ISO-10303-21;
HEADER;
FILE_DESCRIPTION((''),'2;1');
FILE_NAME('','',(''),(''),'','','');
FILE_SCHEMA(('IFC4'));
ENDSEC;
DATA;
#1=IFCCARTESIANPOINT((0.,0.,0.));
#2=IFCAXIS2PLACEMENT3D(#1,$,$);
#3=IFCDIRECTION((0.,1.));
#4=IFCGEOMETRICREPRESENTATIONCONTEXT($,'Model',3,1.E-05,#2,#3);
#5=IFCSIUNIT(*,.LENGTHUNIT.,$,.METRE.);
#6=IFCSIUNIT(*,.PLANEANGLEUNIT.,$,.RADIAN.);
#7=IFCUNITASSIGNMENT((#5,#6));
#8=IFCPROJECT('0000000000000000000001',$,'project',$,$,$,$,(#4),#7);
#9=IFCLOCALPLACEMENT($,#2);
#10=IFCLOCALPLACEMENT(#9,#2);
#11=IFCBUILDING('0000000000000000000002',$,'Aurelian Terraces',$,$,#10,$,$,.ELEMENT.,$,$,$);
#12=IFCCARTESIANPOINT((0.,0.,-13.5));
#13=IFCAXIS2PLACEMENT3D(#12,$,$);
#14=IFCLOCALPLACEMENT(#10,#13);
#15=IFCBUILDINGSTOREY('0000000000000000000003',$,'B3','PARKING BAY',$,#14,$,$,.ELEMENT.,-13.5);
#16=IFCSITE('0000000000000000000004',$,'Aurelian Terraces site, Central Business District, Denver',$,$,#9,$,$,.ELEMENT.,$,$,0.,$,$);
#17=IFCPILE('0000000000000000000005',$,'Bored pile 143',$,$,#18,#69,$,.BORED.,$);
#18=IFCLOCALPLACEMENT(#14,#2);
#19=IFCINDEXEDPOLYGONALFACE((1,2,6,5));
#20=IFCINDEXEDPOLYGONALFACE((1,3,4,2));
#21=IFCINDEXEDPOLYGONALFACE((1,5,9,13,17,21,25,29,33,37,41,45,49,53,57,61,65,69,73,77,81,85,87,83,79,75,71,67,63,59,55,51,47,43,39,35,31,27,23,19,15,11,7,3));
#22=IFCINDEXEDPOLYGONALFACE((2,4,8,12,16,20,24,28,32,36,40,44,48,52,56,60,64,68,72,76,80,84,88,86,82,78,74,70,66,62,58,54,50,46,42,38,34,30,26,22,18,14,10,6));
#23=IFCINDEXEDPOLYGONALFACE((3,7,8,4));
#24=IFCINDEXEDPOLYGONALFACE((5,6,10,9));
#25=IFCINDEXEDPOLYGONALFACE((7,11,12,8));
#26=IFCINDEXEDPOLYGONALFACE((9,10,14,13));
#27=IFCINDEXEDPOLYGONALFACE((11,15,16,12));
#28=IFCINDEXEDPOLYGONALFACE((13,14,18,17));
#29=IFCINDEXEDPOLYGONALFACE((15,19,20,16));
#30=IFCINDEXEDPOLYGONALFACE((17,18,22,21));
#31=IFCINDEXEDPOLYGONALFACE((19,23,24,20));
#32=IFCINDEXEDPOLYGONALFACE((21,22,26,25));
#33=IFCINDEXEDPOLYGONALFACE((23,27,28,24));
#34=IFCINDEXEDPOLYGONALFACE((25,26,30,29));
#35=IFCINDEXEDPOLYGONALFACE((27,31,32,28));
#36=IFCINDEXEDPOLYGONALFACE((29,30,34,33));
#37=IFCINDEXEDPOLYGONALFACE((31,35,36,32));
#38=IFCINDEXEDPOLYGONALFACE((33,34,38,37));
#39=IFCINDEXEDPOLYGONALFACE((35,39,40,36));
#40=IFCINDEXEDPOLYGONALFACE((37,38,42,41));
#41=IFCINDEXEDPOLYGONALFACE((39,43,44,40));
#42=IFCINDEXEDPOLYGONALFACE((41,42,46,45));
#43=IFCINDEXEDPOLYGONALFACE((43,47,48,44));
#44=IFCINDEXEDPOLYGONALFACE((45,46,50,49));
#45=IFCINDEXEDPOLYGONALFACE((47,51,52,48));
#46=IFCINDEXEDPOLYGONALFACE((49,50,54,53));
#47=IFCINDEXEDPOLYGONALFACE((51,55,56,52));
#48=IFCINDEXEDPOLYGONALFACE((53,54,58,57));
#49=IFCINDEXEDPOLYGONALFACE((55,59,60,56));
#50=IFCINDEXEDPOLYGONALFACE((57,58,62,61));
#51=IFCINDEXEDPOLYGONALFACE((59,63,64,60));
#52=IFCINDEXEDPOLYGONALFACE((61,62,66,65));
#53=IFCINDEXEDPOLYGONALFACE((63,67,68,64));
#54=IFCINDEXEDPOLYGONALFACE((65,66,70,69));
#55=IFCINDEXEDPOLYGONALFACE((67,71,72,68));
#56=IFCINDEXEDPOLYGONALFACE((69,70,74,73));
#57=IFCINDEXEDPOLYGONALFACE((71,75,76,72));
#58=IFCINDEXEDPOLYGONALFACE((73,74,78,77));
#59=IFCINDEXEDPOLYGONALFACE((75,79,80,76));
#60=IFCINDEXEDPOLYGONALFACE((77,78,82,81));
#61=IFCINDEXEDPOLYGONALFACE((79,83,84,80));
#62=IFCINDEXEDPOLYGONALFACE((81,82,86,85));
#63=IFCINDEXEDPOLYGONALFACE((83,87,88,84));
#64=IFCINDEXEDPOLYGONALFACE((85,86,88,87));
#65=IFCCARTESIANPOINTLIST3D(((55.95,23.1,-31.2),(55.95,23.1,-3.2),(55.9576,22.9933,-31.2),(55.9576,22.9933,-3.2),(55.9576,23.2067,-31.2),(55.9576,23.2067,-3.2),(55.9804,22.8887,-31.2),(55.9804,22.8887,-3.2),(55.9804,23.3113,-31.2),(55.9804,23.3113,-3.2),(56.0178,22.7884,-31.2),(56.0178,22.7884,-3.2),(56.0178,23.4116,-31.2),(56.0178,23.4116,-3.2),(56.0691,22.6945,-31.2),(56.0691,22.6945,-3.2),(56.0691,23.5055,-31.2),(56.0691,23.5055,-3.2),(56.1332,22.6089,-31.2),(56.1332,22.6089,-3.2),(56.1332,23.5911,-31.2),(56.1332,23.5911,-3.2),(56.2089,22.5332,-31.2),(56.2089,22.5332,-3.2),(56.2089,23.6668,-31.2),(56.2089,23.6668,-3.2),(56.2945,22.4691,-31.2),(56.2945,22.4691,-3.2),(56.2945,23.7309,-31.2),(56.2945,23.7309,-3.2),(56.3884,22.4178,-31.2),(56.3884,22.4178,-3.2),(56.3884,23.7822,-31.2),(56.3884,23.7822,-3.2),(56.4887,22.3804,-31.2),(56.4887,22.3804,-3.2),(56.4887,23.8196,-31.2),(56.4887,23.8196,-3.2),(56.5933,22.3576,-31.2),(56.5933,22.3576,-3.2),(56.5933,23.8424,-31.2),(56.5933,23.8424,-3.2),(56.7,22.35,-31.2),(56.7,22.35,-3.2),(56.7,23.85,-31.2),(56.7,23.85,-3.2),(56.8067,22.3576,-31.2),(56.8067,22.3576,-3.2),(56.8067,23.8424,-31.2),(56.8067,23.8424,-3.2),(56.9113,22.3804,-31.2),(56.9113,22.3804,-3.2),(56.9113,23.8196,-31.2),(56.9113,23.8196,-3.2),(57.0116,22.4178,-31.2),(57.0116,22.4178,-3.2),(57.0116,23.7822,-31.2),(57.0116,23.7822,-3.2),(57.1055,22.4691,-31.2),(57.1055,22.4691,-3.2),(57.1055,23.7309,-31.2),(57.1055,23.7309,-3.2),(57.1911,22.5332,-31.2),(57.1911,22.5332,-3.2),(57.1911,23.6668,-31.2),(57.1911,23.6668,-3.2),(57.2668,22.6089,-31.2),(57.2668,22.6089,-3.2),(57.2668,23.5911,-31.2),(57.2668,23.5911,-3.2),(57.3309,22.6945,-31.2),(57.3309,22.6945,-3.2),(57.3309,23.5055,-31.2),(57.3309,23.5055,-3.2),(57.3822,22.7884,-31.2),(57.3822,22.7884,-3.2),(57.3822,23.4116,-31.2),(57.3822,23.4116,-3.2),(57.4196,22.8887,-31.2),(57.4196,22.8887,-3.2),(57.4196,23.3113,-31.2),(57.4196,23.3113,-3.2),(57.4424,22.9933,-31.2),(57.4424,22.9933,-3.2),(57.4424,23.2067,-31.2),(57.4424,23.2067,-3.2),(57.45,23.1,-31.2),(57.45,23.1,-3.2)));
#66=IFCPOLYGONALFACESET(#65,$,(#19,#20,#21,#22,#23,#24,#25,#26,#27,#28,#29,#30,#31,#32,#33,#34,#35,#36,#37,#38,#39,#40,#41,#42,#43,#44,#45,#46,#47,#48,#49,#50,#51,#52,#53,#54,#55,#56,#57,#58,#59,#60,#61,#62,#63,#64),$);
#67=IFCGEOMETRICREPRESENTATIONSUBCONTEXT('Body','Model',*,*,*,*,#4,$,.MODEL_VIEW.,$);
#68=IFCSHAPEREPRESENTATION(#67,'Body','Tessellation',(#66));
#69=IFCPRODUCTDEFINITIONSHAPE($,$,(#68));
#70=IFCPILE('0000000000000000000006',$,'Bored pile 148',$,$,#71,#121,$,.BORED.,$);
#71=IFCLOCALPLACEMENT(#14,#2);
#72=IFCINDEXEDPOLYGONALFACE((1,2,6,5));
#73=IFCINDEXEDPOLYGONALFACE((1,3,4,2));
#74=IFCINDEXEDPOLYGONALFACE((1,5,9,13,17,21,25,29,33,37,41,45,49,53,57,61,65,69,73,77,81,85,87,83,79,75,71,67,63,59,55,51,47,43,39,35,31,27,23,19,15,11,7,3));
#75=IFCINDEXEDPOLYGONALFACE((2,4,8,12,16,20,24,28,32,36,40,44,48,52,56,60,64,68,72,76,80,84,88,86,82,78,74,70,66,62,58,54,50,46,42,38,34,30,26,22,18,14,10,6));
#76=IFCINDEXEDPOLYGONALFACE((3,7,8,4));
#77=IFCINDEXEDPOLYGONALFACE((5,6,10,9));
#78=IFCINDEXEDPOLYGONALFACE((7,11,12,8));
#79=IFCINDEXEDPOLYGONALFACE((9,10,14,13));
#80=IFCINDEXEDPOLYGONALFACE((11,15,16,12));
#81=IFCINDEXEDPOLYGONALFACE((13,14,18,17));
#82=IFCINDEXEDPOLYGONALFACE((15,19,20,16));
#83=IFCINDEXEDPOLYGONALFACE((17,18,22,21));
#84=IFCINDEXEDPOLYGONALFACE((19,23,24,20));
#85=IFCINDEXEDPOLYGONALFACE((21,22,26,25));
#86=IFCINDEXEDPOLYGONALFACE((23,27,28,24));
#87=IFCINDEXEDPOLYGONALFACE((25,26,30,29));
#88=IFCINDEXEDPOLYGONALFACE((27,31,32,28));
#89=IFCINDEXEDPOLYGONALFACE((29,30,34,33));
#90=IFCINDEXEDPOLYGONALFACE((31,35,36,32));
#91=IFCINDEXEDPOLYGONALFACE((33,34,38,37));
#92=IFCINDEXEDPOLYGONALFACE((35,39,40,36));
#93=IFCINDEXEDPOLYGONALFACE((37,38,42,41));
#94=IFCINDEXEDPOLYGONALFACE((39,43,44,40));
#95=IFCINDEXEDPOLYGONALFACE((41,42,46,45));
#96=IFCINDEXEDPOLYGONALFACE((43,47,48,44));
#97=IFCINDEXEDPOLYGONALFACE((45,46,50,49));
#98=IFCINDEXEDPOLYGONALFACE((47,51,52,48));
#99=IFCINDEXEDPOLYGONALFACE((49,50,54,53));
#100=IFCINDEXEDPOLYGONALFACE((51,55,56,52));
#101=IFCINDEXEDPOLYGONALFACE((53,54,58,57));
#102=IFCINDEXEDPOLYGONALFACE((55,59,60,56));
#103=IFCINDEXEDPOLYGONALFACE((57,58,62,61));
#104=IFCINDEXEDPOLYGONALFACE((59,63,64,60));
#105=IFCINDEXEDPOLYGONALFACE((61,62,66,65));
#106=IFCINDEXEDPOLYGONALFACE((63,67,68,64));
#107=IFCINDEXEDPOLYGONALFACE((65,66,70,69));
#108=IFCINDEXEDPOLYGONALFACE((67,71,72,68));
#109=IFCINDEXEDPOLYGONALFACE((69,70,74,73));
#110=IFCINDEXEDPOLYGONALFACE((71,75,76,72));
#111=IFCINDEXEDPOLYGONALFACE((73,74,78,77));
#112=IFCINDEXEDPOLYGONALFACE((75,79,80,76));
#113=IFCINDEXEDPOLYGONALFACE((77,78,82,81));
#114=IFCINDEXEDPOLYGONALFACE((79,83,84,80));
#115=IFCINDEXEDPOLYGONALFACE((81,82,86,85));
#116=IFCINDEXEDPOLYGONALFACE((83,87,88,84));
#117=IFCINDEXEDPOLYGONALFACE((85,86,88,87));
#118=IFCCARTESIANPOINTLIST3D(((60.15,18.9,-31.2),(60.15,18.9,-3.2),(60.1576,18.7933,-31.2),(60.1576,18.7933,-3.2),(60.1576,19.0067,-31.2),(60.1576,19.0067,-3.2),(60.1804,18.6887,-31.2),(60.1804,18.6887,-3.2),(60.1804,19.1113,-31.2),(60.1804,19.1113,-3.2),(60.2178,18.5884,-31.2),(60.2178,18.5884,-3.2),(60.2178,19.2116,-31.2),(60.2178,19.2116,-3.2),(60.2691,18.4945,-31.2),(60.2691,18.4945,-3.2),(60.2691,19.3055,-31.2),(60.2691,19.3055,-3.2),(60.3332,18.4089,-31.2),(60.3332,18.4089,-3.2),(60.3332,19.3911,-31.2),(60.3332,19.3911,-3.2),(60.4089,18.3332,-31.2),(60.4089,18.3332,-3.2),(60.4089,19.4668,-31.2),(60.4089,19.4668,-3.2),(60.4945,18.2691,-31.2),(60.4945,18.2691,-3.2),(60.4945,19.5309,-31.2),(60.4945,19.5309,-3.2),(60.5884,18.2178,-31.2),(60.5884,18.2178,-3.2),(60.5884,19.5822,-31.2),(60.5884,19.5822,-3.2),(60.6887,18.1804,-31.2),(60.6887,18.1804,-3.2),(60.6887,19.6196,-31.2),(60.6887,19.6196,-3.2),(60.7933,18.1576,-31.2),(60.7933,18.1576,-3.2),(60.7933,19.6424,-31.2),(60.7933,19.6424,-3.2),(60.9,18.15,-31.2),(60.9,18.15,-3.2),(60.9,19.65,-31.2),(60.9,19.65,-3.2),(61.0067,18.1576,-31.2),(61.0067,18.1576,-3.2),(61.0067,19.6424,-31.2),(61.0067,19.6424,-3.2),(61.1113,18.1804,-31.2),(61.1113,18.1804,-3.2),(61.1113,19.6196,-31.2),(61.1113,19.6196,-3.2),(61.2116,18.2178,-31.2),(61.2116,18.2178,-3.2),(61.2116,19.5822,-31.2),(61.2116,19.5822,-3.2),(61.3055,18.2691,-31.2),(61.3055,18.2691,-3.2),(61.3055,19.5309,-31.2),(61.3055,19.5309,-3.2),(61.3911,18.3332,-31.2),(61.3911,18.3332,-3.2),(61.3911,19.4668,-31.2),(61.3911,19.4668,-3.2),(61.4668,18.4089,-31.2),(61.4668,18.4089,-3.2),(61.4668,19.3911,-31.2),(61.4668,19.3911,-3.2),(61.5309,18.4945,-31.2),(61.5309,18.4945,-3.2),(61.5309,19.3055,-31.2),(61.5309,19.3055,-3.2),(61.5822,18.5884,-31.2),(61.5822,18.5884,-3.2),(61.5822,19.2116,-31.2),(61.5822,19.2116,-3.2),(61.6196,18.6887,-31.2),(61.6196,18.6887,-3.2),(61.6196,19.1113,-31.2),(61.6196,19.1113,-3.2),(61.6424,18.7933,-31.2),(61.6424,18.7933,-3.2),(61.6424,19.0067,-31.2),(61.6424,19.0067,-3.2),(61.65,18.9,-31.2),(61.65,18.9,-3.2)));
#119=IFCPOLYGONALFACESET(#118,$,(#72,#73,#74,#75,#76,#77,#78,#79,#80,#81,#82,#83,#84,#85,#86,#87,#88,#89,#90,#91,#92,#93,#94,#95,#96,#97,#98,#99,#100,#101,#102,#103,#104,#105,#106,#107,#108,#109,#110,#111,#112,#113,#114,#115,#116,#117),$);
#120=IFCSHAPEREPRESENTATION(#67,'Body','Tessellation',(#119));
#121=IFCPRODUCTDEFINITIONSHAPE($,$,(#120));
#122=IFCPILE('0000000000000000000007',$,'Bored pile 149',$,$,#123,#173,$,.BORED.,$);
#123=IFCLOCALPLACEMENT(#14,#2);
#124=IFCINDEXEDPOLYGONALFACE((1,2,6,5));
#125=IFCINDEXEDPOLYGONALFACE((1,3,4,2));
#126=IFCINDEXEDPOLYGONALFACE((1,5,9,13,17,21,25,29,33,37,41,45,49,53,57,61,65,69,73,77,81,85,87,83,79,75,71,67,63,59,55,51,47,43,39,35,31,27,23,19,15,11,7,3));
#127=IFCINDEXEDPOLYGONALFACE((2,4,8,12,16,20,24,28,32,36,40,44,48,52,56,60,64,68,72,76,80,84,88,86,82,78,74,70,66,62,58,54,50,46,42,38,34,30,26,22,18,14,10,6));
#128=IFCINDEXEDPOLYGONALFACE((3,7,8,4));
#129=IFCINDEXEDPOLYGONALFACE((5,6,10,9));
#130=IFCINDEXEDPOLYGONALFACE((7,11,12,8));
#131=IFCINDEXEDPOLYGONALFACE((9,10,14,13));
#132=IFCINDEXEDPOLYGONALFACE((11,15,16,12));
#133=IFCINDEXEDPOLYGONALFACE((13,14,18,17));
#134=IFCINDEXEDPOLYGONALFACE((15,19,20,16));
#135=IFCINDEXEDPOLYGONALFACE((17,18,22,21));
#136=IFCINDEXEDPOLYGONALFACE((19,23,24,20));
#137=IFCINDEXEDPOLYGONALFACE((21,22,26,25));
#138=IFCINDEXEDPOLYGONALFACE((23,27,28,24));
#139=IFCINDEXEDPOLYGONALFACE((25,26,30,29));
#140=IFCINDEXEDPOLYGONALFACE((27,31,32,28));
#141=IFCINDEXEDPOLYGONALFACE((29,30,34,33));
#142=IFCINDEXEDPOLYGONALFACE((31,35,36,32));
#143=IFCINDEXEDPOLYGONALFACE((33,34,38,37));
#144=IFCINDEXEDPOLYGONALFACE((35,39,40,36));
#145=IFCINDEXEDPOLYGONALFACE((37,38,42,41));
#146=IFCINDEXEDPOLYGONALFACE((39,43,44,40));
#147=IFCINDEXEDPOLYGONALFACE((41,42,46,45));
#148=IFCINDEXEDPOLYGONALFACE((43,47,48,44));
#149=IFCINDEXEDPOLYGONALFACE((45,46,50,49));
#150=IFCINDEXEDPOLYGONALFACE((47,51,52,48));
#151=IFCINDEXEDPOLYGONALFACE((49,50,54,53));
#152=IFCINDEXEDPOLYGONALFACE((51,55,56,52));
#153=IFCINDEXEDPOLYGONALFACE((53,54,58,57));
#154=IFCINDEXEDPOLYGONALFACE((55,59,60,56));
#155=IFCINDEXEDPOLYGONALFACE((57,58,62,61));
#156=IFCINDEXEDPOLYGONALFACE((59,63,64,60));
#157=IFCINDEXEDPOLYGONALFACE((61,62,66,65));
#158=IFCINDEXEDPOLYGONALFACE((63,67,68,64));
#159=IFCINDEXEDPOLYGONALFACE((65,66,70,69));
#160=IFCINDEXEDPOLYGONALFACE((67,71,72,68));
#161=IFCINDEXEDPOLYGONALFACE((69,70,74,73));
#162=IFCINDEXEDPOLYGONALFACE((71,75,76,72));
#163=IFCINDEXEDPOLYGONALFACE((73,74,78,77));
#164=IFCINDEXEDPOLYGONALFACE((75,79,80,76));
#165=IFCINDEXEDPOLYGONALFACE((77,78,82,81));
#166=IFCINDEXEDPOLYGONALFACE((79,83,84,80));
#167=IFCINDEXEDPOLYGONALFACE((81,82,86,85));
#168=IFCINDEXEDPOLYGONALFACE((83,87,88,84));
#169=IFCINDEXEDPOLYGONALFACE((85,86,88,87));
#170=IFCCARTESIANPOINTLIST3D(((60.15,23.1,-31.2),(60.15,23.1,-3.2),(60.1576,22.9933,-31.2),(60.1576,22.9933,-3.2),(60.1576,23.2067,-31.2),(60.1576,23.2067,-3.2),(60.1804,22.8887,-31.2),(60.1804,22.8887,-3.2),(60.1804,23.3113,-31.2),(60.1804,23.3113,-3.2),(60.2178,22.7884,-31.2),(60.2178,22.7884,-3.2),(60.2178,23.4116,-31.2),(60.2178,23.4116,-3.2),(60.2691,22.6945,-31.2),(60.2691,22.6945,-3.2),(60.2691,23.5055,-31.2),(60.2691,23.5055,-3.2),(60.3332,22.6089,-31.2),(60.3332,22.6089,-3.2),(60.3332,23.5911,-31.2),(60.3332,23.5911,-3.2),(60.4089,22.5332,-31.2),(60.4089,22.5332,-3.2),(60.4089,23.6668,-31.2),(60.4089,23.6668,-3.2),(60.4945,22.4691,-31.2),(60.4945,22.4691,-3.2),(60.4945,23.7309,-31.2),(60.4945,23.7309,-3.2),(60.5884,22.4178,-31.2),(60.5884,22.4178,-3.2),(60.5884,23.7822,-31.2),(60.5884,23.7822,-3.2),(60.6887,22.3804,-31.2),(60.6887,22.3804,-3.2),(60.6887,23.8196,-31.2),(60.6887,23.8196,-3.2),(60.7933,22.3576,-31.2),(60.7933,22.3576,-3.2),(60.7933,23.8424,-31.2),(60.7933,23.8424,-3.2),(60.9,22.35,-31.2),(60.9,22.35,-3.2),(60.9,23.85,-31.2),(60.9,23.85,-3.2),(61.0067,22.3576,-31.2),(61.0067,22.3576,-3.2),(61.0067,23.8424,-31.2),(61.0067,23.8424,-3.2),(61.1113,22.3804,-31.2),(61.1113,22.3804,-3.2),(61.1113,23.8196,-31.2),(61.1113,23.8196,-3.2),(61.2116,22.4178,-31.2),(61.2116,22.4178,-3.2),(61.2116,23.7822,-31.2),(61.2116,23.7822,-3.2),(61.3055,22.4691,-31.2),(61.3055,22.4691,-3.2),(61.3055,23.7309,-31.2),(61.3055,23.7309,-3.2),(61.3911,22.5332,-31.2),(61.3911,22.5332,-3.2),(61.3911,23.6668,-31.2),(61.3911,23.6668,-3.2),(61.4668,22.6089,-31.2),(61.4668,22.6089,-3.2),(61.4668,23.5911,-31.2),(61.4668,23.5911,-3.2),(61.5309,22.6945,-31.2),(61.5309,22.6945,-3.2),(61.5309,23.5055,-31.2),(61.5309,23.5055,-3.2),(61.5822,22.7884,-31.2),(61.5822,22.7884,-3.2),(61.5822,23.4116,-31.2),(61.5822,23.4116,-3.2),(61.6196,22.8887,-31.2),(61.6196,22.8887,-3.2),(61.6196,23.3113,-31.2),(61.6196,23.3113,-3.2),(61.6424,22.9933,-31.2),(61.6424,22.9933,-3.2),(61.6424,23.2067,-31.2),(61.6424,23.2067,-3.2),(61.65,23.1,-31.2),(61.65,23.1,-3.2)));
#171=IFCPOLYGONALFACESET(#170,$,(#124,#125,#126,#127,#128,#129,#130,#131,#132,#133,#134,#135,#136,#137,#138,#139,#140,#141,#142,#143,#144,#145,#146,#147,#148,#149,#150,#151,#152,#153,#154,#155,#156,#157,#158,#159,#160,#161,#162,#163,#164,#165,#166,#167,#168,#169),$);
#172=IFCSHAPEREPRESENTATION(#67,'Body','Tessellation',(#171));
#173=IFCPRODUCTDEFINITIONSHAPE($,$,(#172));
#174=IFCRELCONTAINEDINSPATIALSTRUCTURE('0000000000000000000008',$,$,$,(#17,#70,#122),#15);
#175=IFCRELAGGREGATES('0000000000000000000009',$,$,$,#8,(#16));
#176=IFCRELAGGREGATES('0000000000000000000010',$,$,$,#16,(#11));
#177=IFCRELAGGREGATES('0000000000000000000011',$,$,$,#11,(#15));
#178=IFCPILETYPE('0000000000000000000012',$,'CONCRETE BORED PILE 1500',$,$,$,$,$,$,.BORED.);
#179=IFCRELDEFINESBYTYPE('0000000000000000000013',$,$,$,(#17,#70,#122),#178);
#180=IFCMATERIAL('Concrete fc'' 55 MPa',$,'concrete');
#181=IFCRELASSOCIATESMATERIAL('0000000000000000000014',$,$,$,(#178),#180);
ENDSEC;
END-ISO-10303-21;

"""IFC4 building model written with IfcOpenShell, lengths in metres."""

from ifc_helpers import new_model, si_unit, direction, frame, origin, origin_2d, place, context, subcontext, project, spatial, circle, extrude, source, transform, mapped, material, material_profile, profile_set, type_object, element, save


model = new_model("IFC4")

# Units and contexts
model_context = context("Model", 3, precision=1e-05, world=origin(), true_north=direction((0.0, 1.0)))
body_context = subcontext(model_context, "Body", "Model", "MODEL_VIEW")
ifc_project = project(units=[si_unit("LENGTHUNIT", "METRE"), si_unit("PLANEANGLEUNIT", "RADIAN")], contexts=[model_context])

# Site, building, storey
site_placement = place(None, origin())
site = spatial("IfcSite", under=ifc_project, at=site_placement, Name="Aurelian Terraces site, Central Business District, Denver", CompositionType="ELEMENT", RefElevation=0.0)
building_placement = place(site_placement, origin())
building = spatial("IfcBuilding", under=site, at=building_placement, Name="Aurelian Terraces", CompositionType="ELEMENT")
storey_placement = place(building_placement, frame((0.0, 0.0, -13.5)))
storey = spatial("IfcBuildingStorey", under=building, at=storey_placement, Name="B3", Description="PARKING BAY", CompositionType="ELEMENT", Elevation=-13.5)

# Piles
ifc_material_1 = material(Name="Concrete fc' 55 MPa", Category="concrete")
ifc_material_profile_1 = material_profile(ifc_material_1, circle(Radius=0.75, at=origin_2d()))
ifc_profile_set_1 = profile_set([ifc_material_profile_1], Name="Concrete fc' 55 MPa")
pile_type = type_object("IfcPileType", Name="CONCRETE BORED PILE 1500", PredefinedType="BORED", material=ifc_profile_set_1)
shared_shape_1 = source(origin(), body_context, "Body", "SweptSolid", [
    extrude(circle(Radius=0.75, at=origin_2d()), origin(), (0.0, 0.0, 1.0), 28.0),
])
for number, where, z_axis, x_axis, name in (
    (1, (56.7, 23.1, -3.2), (0.0, 0.0, -1.0), (1.0, 0.0, 0.0), "Bored pile 143"),
    (2, (60.9, 18.9, -3.2), (0.0, 0.0, -1.0), (1.0, 0.0, 0.0), "Bored pile 148"),
    (3, (60.9, 23.1, -3.2), (0.0, 0.0, -1.0), (1.0, 0.0, 0.0), "Bored pile 149"),
):
    element("IfcPile", number, at=place(storey_placement, frame(where, z_axis=z_axis, x_axis=x_axis)), inside=storey, type_object=pile_type, Name=name, PredefinedType="BORED", context=body_context, shape_type="MappedRepresentation", body=[
        mapped(shared_shape_1, transform((0.0, 0.0, 0.0), scale=1.0)),
    ])

save(model, "model.ifc")
